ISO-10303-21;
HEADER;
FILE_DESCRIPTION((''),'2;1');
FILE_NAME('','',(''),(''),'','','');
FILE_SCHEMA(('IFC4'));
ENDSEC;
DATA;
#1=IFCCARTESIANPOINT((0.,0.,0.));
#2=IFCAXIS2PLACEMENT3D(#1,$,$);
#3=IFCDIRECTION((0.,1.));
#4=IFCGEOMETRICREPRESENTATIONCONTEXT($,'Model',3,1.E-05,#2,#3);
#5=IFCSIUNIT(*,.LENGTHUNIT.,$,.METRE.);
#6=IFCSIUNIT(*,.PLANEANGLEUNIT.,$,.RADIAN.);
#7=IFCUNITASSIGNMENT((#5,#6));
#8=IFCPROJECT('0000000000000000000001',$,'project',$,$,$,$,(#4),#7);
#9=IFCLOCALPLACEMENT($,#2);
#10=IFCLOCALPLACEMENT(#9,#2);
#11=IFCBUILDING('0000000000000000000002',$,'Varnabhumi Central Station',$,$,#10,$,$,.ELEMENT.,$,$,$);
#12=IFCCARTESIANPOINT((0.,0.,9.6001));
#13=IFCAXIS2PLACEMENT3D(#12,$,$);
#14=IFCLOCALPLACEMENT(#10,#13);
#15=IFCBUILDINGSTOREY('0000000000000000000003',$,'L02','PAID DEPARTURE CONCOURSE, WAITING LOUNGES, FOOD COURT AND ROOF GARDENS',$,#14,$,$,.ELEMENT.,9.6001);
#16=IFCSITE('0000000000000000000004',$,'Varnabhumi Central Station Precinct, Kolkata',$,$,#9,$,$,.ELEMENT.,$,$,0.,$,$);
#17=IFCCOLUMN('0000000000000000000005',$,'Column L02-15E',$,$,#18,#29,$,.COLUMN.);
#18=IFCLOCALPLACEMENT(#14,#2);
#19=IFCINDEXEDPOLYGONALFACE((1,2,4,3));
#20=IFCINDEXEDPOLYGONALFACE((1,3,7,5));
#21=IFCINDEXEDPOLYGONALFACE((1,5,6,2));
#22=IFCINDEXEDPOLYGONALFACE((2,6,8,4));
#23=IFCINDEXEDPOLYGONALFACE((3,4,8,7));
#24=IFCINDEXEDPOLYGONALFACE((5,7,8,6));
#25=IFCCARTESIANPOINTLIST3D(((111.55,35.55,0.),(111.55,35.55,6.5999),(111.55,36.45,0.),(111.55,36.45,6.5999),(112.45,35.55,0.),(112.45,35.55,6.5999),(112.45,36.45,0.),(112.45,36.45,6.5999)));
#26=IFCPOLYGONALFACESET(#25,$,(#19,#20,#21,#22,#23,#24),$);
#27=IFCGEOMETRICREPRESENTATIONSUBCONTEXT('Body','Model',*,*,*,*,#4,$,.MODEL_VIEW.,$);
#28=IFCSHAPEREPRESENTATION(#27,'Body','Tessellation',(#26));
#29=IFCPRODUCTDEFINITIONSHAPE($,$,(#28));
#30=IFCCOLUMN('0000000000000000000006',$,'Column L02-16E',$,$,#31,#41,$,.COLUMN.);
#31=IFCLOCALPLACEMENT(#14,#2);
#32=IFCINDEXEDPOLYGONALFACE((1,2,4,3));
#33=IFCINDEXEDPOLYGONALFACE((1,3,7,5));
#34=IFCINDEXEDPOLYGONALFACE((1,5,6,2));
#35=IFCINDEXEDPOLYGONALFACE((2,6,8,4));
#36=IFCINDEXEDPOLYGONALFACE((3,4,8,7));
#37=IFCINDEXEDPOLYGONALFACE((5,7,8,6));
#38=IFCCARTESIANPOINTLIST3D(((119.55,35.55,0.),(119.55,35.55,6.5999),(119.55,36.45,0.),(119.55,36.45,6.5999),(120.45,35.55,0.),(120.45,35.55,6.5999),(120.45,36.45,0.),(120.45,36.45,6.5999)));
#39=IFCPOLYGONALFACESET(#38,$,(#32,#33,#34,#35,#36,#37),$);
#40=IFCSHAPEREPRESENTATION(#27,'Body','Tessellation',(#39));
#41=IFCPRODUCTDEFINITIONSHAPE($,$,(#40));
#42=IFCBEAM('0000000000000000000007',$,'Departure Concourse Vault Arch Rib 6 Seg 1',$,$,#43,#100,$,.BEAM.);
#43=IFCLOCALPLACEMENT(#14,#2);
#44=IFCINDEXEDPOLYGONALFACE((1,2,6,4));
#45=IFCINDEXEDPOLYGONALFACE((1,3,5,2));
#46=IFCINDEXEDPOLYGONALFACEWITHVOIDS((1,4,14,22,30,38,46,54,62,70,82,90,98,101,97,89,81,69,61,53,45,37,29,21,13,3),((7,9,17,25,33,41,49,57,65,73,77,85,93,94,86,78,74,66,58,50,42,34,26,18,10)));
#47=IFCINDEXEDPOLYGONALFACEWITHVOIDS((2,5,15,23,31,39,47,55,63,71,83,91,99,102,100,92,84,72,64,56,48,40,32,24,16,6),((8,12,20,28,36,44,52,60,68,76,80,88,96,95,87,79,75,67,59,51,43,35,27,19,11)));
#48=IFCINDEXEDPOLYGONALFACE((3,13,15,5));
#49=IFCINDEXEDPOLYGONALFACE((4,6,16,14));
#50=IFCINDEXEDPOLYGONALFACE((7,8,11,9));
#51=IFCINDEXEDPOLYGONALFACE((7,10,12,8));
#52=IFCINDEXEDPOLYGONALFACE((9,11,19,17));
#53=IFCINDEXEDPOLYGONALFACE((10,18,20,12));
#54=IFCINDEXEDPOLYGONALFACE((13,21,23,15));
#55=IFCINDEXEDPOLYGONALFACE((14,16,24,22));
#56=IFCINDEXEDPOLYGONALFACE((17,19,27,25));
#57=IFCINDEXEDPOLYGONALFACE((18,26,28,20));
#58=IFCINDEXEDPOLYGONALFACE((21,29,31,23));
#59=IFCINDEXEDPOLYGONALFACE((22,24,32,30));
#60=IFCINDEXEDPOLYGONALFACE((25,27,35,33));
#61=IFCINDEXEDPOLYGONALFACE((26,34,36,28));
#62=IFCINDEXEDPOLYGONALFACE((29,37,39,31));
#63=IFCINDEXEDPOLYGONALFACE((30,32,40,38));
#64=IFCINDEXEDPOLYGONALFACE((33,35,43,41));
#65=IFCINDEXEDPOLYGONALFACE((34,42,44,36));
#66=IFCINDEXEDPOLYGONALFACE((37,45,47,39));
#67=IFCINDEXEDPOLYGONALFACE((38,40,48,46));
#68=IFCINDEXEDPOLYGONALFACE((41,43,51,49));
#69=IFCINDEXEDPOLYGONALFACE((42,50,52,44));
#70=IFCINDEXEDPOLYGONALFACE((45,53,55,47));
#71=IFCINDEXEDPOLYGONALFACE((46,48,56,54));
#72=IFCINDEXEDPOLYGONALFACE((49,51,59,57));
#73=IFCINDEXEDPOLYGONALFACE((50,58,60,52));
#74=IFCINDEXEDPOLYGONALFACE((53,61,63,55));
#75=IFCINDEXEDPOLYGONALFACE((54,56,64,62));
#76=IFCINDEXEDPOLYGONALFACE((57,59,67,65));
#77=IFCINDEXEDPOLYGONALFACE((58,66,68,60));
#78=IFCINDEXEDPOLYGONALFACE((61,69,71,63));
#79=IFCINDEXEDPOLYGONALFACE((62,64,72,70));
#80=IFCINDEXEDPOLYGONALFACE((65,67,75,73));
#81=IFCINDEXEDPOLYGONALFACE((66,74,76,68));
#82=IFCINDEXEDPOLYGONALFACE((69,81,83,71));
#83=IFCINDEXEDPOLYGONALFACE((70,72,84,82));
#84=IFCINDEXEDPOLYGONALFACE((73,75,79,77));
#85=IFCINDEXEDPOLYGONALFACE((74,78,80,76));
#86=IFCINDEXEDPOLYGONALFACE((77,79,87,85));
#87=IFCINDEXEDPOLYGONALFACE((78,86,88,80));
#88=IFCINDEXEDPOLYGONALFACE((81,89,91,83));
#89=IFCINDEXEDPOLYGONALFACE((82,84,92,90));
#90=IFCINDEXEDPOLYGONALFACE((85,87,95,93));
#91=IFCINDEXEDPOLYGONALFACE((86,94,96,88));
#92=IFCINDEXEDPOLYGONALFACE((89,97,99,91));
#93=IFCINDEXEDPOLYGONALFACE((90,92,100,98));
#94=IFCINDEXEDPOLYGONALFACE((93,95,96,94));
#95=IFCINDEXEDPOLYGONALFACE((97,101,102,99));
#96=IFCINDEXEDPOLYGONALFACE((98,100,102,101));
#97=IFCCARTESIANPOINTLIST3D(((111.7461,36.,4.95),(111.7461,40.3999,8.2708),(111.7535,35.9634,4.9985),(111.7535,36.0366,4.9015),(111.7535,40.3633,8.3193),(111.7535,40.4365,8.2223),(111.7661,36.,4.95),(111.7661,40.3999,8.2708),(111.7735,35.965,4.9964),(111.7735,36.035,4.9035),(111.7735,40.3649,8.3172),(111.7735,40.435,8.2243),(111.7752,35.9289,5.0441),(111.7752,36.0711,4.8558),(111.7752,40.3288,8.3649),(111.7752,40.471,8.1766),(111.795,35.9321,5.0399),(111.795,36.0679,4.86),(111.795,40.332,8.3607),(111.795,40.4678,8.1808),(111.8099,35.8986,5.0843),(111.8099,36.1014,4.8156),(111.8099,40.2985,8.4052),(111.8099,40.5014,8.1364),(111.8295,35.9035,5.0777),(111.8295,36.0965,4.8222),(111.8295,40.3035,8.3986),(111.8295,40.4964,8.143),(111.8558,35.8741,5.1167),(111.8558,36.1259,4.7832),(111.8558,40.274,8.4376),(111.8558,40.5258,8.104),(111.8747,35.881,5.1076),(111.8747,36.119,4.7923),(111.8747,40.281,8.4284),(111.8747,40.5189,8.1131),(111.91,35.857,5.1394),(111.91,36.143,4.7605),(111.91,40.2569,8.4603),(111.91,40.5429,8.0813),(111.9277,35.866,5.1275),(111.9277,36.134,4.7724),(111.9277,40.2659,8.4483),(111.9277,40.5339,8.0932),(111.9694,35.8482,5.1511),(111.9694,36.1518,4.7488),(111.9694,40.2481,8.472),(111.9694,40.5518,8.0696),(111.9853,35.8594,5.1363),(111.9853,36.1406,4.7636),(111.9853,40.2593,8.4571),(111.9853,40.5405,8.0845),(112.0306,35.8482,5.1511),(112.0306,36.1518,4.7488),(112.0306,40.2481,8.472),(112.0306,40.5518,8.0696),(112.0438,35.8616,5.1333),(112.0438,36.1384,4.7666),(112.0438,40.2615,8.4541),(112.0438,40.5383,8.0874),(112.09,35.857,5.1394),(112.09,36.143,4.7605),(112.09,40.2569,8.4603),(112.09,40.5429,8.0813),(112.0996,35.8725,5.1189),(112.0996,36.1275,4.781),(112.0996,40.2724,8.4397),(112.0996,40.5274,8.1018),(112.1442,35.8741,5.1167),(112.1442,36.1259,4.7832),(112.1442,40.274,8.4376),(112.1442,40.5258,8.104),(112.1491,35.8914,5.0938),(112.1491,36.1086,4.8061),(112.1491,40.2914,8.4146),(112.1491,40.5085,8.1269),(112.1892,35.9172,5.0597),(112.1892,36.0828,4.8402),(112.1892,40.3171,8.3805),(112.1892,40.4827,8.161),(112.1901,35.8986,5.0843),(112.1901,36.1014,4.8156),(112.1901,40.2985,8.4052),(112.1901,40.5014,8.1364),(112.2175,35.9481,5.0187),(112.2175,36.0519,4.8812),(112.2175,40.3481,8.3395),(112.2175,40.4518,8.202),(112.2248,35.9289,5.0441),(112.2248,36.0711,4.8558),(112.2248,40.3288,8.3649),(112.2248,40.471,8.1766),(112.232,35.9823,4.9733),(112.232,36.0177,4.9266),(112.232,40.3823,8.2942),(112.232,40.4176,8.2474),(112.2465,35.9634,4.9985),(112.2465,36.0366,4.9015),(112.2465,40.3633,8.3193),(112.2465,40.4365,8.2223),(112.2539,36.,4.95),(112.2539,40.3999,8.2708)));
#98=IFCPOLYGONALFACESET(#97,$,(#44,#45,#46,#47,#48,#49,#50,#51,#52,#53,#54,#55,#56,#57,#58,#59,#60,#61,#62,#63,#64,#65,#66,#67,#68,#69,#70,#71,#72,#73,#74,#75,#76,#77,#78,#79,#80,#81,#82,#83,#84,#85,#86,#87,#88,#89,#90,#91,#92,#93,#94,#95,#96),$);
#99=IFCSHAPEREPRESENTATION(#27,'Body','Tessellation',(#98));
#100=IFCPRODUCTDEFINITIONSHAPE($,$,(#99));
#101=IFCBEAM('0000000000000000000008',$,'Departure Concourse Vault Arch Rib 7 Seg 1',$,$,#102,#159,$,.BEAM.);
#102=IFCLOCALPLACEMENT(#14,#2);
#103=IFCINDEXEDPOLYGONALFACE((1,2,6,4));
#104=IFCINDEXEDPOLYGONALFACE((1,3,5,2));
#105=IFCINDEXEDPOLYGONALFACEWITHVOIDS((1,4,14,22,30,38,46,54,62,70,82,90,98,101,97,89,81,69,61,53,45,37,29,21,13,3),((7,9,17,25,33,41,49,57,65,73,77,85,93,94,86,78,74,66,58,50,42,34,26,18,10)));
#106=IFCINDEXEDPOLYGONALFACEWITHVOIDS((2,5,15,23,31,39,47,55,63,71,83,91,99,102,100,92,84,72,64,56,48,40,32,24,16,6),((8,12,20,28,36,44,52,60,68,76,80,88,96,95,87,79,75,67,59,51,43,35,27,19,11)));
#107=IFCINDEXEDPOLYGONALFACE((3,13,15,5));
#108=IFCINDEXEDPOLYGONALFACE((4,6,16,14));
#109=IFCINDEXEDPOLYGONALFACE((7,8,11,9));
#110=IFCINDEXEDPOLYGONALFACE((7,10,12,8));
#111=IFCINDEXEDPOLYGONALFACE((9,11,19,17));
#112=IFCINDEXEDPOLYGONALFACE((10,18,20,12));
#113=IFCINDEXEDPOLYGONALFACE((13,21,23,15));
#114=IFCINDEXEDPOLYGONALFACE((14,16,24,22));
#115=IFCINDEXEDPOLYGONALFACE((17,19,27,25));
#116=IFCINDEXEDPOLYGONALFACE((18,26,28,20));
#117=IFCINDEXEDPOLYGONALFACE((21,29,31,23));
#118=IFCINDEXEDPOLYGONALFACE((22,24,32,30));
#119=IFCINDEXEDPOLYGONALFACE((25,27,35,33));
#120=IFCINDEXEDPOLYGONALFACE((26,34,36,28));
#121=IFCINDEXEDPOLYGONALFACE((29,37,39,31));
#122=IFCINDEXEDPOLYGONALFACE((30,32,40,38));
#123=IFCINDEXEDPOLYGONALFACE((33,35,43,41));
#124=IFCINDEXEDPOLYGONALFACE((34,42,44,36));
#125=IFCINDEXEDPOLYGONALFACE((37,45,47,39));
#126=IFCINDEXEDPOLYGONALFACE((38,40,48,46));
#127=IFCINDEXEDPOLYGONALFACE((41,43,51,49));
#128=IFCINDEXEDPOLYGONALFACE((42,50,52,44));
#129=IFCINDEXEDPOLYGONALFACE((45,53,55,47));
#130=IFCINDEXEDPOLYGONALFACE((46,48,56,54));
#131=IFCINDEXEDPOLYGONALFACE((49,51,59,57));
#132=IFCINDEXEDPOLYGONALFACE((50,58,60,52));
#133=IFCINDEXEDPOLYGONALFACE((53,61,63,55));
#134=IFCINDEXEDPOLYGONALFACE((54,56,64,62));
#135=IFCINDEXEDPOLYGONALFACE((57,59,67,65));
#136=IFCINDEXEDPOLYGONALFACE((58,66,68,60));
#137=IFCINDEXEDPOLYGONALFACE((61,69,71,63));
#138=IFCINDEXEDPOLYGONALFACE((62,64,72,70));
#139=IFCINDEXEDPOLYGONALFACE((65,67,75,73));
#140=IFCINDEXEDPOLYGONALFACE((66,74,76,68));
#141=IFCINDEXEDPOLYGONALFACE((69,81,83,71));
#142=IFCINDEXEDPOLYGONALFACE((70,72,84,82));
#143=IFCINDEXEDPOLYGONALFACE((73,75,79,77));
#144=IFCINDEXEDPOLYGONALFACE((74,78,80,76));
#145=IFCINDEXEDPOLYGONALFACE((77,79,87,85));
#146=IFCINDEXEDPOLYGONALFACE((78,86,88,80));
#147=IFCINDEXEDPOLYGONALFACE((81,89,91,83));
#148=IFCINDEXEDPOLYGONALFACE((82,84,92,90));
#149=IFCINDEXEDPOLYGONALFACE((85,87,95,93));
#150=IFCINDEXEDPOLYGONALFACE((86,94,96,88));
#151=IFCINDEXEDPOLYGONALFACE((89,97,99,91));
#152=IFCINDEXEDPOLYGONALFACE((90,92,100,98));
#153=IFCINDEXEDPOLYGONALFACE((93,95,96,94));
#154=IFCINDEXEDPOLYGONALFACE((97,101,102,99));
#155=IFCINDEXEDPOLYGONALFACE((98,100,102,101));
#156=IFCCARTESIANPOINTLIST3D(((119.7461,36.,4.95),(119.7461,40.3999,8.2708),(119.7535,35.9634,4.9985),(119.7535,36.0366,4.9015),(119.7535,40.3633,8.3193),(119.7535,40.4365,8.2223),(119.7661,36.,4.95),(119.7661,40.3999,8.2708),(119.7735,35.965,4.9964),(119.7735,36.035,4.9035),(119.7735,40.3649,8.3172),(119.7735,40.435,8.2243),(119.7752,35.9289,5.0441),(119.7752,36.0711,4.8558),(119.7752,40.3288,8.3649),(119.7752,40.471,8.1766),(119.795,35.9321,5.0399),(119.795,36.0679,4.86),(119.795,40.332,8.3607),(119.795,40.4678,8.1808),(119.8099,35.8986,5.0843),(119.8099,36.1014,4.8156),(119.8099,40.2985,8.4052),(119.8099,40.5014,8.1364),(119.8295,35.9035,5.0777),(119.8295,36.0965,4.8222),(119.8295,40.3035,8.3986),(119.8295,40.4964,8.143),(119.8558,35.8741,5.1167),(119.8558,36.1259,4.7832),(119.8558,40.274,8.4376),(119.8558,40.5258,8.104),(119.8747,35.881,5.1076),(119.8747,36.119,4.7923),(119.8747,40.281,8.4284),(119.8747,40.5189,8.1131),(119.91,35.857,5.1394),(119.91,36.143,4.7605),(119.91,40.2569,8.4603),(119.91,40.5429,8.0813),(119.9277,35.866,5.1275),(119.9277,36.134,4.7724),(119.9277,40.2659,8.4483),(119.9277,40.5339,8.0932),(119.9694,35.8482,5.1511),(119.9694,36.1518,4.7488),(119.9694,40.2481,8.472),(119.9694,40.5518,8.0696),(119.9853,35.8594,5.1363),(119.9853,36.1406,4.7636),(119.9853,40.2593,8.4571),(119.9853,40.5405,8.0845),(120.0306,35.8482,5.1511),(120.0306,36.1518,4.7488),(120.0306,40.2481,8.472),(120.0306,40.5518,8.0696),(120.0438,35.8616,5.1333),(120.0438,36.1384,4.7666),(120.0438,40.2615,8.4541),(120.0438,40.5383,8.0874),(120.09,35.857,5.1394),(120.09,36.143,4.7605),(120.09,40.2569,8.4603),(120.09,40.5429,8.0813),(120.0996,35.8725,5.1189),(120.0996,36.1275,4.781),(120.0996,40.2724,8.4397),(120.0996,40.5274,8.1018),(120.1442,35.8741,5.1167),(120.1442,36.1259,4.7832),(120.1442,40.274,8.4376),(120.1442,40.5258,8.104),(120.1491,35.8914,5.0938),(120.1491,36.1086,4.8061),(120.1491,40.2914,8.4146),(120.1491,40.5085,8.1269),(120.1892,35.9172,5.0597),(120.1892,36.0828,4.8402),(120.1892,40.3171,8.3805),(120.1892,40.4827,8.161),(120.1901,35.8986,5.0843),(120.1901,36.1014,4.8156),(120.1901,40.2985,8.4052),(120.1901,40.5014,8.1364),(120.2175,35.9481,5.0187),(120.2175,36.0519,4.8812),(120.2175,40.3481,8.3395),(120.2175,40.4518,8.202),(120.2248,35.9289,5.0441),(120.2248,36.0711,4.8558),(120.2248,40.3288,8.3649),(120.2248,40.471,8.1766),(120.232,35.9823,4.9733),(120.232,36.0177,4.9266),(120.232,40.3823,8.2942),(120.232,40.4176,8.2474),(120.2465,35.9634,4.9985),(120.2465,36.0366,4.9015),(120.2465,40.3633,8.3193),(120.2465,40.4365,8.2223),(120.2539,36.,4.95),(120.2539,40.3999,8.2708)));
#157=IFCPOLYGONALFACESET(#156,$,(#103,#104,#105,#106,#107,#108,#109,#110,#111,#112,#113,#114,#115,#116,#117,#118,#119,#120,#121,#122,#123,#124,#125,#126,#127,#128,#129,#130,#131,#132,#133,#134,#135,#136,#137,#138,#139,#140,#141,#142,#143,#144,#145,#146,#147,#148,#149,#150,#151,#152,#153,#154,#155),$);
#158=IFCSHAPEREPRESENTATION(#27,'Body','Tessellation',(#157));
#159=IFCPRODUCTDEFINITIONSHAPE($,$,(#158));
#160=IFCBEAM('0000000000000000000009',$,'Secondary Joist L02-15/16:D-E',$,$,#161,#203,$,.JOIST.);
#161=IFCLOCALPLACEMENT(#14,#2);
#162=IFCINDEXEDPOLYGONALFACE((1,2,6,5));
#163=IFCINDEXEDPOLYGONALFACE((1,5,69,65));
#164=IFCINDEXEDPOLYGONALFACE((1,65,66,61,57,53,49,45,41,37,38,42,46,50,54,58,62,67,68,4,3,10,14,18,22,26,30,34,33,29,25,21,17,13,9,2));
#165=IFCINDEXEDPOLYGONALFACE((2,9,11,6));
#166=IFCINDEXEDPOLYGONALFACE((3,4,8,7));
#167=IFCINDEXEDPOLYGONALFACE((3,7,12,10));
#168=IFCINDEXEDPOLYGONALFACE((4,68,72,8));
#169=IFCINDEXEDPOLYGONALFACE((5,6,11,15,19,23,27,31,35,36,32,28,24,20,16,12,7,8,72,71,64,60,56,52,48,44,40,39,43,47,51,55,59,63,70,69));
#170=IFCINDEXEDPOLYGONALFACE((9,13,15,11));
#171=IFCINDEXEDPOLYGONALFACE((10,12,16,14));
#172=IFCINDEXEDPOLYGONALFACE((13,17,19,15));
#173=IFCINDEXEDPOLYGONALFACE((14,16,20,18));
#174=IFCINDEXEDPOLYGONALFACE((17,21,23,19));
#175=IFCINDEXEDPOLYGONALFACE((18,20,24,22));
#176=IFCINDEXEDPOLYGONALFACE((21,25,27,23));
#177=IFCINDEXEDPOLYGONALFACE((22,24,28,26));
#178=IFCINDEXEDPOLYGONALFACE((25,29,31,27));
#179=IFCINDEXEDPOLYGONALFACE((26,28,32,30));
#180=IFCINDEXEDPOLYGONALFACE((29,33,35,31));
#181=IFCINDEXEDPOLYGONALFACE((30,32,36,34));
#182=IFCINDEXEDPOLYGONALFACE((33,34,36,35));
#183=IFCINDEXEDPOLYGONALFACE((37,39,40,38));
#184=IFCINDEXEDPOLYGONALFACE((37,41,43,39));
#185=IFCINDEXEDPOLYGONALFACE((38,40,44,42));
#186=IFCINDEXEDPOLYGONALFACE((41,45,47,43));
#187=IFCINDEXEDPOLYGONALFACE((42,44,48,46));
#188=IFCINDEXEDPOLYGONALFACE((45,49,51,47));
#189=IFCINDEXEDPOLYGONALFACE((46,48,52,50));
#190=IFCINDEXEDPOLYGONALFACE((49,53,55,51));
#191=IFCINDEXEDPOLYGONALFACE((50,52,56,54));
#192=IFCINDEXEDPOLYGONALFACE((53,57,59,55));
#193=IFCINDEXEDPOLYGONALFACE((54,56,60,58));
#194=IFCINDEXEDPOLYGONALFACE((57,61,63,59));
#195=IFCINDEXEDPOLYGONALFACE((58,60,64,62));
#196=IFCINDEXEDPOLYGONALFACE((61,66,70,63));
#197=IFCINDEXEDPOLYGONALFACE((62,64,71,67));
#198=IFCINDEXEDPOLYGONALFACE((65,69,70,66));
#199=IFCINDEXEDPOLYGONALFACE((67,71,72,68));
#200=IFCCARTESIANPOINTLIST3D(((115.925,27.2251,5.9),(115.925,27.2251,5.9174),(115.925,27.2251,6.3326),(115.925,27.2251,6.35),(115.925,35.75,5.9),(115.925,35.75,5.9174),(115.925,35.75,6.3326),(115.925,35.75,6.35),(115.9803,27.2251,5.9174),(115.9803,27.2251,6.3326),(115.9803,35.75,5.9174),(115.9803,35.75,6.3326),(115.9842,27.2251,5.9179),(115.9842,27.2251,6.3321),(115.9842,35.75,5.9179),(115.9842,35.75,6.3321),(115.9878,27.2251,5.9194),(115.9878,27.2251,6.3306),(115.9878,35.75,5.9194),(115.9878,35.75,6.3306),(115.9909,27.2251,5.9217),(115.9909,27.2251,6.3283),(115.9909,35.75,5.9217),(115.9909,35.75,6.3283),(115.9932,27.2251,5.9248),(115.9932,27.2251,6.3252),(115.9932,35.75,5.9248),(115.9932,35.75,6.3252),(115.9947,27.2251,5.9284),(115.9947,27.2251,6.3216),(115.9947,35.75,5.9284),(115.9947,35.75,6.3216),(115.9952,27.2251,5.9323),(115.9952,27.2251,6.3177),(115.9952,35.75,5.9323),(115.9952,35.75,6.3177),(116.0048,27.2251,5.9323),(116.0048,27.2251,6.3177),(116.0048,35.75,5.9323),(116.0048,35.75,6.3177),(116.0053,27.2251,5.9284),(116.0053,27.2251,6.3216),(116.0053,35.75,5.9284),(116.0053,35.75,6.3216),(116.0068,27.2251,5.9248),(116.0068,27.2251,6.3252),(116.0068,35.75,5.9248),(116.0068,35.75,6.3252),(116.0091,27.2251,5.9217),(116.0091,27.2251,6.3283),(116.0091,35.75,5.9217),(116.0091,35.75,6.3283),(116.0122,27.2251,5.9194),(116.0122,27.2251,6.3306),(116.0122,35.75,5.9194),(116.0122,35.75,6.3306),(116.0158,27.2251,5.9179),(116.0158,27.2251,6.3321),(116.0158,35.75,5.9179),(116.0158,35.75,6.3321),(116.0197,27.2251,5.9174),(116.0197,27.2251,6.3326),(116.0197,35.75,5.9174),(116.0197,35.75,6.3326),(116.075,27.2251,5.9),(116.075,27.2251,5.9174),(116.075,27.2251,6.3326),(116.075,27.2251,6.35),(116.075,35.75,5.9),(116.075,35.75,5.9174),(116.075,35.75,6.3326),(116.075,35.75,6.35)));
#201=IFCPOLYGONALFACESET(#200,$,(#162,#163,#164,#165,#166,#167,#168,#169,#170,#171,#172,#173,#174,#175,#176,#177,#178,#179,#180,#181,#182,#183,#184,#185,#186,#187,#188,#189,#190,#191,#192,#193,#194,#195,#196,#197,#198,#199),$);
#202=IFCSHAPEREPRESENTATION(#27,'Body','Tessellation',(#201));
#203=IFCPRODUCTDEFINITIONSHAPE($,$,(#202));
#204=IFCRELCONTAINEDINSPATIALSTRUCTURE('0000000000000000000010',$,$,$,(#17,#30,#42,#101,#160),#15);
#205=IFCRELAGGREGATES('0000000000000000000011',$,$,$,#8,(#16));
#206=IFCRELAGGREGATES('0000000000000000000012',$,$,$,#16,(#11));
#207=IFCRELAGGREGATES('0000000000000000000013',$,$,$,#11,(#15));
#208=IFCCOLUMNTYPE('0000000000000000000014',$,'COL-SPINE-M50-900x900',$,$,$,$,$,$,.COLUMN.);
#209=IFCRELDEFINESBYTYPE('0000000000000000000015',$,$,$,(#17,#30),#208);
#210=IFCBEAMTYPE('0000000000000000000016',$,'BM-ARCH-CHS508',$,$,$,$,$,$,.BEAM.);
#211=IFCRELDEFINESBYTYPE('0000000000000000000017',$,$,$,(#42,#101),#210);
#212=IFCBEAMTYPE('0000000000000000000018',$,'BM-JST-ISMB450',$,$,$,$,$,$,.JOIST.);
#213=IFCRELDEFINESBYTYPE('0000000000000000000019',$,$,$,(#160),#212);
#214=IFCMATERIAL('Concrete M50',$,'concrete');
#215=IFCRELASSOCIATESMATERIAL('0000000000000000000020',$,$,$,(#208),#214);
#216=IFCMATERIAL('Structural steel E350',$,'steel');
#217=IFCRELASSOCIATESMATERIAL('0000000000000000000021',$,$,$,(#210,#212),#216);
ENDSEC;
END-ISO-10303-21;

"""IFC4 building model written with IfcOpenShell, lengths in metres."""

from ifc_helpers import new_model, si_unit, direction, frame, origin, origin_2d, place, context, subcontext, project, spatial, rectangle, hollow_circle, i_section, extrude, material, material_profile, profile_set, type_object, element, save


model = new_model("IFC4")

# Units and contexts
model_context = context("Model", 3, precision=1e-05, world=origin(), true_north=direction((0.0, 1.0)))
body_context = subcontext(model_context, "Body", "Model", "MODEL_VIEW")
ifc_project = project(units=[si_unit("LENGTHUNIT", "METRE"), si_unit("PLANEANGLEUNIT", "RADIAN")], contexts=[model_context])

# Site, building, storey
site_placement = place(None, origin())
site = spatial("IfcSite", under=ifc_project, at=site_placement, Name="Varnabhumi Central Station Precinct, Kolkata", CompositionType="ELEMENT", RefElevation=0.0)
building_placement = place(site_placement, origin())
building = spatial("IfcBuilding", under=site, at=building_placement, Name="Varnabhumi Central Station", CompositionType="ELEMENT")
storey_placement = place(building_placement, frame((0.0, 0.0, 9.6001)))
storey = spatial("IfcBuildingStorey", under=building, at=storey_placement, Name="L02", Description="PAID DEPARTURE CONCOURSE, WAITING LOUNGES, FOOD COURT AND ROOF GARDENS", CompositionType="ELEMENT", Elevation=9.6001)

# Columns
ifc_material_1 = material(Name="Concrete M50", Category="concrete")
ifc_material_profile_1 = material_profile(ifc_material_1, rectangle(XDim=0.8999, YDim=0.8999, at=origin_2d()), Name="Concrete M50", Category="concrete")
ifc_profile_set_1 = profile_set([ifc_material_profile_1], Name="Concrete M50")
column_type = type_object("IfcColumnType", Name="COL-SPINE-M50-900x900", PredefinedType="COLUMN", material=ifc_profile_set_1)
for number, where, z_axis, x_axis, name in (
    (1, (112.0, 36.0, 0.0), (0.0, 0.0, 1.0), (1.0, 0.0, 0.0), "Column L02-15E"),
    (2, (120.0, 36.0, 0.0), (0.0, 0.0, 1.0), (1.0, 0.0, 0.0), "Column L02-16E"),
):
    element("IfcColumn", number, at=place(storey_placement, frame(where, z_axis=z_axis, x_axis=x_axis)), inside=storey, type_object=column_type, Name=name, PredefinedType="COLUMN", context=body_context, shape_type="SweptSolid", body=[
        extrude(rectangle(XDim=0.8999, YDim=0.8999, at=origin_2d()), origin(), (0.0, 0.0, 1.0), 6.5999),
    ])

# Beams
ifc_material_2 = material(Name="Structural steel E350", Category="steel")
ifc_material_profile_2 = material_profile(ifc_material_2, hollow_circle(Radius=0.2539, WallThickness=0.02, at=origin_2d()), Name="Structural steel E350", Category="steel")
ifc_profile_set_2 = profile_set([ifc_material_profile_2], Name="Structural steel E350")
beam_type_1 = type_object("IfcBeamType", Name="BM-ARCH-CHS508", PredefinedType="BEAM", material=ifc_profile_set_2)
for number, where, z_axis, x_axis, name in (
    (3, (112.0, 36.0, 4.95), (0.0, 0.798179, 0.602421), (-1.0, 0.0, 0.0), "Departure Concourse Vault Arch Rib 6 Seg 1"),
    (4, (120.0, 36.0, 4.95), (0.0, 0.798179, 0.602421), (-1.0, 0.0, 0.0), "Departure Concourse Vault Arch Rib 7 Seg 1"),
):
    element("IfcBeam", number, at=place(storey_placement, frame(where, z_axis=z_axis, x_axis=x_axis)), inside=storey, type_object=beam_type_1, Name=name, PredefinedType="BEAM", context=body_context, shape_type="SweptSolid", body=[
        extrude(hollow_circle(Radius=0.2539, WallThickness=0.02, at=origin_2d()), origin(), (0.0, 0.0, 1.0), 5.5125),
    ])
ifc_material_profile_3 = material_profile(ifc_material_2, i_section(OverallWidth=0.1499, OverallDepth=0.45, WebThickness=0.0095, FlangeThickness=0.0173, FilletRadius=0.0149, at=origin_2d()), Name="Structural steel E350", Category="steel")
ifc_profile_set_3 = profile_set([ifc_material_profile_3], Name="Structural steel E350")
beam_type_2 = type_object("IfcBeamType", Name="BM-JST-ISMB450", PredefinedType="JOIST", material=ifc_profile_set_3)
beam_1_placement = place(storey_placement, frame((116.0, 27.2251, 6.125), z_axis=(0.0, 1.0, 0.0), x_axis=(-1.0, 0.0, 0.0)))
element("IfcBeam", 5, at=beam_1_placement, inside=storey, type_object=beam_type_2, Name="Secondary Joist L02-15/16:D-E", PredefinedType="JOIST", context=body_context, shape_type="SweptSolid", body=[
    extrude(i_section(OverallWidth=0.1499, OverallDepth=0.45, WebThickness=0.0095, FlangeThickness=0.0173, FilletRadius=0.0149, at=origin_2d()), origin(), (0.0, 0.0, 1.0), 8.5249),
])

save(model, "model.ifc")
